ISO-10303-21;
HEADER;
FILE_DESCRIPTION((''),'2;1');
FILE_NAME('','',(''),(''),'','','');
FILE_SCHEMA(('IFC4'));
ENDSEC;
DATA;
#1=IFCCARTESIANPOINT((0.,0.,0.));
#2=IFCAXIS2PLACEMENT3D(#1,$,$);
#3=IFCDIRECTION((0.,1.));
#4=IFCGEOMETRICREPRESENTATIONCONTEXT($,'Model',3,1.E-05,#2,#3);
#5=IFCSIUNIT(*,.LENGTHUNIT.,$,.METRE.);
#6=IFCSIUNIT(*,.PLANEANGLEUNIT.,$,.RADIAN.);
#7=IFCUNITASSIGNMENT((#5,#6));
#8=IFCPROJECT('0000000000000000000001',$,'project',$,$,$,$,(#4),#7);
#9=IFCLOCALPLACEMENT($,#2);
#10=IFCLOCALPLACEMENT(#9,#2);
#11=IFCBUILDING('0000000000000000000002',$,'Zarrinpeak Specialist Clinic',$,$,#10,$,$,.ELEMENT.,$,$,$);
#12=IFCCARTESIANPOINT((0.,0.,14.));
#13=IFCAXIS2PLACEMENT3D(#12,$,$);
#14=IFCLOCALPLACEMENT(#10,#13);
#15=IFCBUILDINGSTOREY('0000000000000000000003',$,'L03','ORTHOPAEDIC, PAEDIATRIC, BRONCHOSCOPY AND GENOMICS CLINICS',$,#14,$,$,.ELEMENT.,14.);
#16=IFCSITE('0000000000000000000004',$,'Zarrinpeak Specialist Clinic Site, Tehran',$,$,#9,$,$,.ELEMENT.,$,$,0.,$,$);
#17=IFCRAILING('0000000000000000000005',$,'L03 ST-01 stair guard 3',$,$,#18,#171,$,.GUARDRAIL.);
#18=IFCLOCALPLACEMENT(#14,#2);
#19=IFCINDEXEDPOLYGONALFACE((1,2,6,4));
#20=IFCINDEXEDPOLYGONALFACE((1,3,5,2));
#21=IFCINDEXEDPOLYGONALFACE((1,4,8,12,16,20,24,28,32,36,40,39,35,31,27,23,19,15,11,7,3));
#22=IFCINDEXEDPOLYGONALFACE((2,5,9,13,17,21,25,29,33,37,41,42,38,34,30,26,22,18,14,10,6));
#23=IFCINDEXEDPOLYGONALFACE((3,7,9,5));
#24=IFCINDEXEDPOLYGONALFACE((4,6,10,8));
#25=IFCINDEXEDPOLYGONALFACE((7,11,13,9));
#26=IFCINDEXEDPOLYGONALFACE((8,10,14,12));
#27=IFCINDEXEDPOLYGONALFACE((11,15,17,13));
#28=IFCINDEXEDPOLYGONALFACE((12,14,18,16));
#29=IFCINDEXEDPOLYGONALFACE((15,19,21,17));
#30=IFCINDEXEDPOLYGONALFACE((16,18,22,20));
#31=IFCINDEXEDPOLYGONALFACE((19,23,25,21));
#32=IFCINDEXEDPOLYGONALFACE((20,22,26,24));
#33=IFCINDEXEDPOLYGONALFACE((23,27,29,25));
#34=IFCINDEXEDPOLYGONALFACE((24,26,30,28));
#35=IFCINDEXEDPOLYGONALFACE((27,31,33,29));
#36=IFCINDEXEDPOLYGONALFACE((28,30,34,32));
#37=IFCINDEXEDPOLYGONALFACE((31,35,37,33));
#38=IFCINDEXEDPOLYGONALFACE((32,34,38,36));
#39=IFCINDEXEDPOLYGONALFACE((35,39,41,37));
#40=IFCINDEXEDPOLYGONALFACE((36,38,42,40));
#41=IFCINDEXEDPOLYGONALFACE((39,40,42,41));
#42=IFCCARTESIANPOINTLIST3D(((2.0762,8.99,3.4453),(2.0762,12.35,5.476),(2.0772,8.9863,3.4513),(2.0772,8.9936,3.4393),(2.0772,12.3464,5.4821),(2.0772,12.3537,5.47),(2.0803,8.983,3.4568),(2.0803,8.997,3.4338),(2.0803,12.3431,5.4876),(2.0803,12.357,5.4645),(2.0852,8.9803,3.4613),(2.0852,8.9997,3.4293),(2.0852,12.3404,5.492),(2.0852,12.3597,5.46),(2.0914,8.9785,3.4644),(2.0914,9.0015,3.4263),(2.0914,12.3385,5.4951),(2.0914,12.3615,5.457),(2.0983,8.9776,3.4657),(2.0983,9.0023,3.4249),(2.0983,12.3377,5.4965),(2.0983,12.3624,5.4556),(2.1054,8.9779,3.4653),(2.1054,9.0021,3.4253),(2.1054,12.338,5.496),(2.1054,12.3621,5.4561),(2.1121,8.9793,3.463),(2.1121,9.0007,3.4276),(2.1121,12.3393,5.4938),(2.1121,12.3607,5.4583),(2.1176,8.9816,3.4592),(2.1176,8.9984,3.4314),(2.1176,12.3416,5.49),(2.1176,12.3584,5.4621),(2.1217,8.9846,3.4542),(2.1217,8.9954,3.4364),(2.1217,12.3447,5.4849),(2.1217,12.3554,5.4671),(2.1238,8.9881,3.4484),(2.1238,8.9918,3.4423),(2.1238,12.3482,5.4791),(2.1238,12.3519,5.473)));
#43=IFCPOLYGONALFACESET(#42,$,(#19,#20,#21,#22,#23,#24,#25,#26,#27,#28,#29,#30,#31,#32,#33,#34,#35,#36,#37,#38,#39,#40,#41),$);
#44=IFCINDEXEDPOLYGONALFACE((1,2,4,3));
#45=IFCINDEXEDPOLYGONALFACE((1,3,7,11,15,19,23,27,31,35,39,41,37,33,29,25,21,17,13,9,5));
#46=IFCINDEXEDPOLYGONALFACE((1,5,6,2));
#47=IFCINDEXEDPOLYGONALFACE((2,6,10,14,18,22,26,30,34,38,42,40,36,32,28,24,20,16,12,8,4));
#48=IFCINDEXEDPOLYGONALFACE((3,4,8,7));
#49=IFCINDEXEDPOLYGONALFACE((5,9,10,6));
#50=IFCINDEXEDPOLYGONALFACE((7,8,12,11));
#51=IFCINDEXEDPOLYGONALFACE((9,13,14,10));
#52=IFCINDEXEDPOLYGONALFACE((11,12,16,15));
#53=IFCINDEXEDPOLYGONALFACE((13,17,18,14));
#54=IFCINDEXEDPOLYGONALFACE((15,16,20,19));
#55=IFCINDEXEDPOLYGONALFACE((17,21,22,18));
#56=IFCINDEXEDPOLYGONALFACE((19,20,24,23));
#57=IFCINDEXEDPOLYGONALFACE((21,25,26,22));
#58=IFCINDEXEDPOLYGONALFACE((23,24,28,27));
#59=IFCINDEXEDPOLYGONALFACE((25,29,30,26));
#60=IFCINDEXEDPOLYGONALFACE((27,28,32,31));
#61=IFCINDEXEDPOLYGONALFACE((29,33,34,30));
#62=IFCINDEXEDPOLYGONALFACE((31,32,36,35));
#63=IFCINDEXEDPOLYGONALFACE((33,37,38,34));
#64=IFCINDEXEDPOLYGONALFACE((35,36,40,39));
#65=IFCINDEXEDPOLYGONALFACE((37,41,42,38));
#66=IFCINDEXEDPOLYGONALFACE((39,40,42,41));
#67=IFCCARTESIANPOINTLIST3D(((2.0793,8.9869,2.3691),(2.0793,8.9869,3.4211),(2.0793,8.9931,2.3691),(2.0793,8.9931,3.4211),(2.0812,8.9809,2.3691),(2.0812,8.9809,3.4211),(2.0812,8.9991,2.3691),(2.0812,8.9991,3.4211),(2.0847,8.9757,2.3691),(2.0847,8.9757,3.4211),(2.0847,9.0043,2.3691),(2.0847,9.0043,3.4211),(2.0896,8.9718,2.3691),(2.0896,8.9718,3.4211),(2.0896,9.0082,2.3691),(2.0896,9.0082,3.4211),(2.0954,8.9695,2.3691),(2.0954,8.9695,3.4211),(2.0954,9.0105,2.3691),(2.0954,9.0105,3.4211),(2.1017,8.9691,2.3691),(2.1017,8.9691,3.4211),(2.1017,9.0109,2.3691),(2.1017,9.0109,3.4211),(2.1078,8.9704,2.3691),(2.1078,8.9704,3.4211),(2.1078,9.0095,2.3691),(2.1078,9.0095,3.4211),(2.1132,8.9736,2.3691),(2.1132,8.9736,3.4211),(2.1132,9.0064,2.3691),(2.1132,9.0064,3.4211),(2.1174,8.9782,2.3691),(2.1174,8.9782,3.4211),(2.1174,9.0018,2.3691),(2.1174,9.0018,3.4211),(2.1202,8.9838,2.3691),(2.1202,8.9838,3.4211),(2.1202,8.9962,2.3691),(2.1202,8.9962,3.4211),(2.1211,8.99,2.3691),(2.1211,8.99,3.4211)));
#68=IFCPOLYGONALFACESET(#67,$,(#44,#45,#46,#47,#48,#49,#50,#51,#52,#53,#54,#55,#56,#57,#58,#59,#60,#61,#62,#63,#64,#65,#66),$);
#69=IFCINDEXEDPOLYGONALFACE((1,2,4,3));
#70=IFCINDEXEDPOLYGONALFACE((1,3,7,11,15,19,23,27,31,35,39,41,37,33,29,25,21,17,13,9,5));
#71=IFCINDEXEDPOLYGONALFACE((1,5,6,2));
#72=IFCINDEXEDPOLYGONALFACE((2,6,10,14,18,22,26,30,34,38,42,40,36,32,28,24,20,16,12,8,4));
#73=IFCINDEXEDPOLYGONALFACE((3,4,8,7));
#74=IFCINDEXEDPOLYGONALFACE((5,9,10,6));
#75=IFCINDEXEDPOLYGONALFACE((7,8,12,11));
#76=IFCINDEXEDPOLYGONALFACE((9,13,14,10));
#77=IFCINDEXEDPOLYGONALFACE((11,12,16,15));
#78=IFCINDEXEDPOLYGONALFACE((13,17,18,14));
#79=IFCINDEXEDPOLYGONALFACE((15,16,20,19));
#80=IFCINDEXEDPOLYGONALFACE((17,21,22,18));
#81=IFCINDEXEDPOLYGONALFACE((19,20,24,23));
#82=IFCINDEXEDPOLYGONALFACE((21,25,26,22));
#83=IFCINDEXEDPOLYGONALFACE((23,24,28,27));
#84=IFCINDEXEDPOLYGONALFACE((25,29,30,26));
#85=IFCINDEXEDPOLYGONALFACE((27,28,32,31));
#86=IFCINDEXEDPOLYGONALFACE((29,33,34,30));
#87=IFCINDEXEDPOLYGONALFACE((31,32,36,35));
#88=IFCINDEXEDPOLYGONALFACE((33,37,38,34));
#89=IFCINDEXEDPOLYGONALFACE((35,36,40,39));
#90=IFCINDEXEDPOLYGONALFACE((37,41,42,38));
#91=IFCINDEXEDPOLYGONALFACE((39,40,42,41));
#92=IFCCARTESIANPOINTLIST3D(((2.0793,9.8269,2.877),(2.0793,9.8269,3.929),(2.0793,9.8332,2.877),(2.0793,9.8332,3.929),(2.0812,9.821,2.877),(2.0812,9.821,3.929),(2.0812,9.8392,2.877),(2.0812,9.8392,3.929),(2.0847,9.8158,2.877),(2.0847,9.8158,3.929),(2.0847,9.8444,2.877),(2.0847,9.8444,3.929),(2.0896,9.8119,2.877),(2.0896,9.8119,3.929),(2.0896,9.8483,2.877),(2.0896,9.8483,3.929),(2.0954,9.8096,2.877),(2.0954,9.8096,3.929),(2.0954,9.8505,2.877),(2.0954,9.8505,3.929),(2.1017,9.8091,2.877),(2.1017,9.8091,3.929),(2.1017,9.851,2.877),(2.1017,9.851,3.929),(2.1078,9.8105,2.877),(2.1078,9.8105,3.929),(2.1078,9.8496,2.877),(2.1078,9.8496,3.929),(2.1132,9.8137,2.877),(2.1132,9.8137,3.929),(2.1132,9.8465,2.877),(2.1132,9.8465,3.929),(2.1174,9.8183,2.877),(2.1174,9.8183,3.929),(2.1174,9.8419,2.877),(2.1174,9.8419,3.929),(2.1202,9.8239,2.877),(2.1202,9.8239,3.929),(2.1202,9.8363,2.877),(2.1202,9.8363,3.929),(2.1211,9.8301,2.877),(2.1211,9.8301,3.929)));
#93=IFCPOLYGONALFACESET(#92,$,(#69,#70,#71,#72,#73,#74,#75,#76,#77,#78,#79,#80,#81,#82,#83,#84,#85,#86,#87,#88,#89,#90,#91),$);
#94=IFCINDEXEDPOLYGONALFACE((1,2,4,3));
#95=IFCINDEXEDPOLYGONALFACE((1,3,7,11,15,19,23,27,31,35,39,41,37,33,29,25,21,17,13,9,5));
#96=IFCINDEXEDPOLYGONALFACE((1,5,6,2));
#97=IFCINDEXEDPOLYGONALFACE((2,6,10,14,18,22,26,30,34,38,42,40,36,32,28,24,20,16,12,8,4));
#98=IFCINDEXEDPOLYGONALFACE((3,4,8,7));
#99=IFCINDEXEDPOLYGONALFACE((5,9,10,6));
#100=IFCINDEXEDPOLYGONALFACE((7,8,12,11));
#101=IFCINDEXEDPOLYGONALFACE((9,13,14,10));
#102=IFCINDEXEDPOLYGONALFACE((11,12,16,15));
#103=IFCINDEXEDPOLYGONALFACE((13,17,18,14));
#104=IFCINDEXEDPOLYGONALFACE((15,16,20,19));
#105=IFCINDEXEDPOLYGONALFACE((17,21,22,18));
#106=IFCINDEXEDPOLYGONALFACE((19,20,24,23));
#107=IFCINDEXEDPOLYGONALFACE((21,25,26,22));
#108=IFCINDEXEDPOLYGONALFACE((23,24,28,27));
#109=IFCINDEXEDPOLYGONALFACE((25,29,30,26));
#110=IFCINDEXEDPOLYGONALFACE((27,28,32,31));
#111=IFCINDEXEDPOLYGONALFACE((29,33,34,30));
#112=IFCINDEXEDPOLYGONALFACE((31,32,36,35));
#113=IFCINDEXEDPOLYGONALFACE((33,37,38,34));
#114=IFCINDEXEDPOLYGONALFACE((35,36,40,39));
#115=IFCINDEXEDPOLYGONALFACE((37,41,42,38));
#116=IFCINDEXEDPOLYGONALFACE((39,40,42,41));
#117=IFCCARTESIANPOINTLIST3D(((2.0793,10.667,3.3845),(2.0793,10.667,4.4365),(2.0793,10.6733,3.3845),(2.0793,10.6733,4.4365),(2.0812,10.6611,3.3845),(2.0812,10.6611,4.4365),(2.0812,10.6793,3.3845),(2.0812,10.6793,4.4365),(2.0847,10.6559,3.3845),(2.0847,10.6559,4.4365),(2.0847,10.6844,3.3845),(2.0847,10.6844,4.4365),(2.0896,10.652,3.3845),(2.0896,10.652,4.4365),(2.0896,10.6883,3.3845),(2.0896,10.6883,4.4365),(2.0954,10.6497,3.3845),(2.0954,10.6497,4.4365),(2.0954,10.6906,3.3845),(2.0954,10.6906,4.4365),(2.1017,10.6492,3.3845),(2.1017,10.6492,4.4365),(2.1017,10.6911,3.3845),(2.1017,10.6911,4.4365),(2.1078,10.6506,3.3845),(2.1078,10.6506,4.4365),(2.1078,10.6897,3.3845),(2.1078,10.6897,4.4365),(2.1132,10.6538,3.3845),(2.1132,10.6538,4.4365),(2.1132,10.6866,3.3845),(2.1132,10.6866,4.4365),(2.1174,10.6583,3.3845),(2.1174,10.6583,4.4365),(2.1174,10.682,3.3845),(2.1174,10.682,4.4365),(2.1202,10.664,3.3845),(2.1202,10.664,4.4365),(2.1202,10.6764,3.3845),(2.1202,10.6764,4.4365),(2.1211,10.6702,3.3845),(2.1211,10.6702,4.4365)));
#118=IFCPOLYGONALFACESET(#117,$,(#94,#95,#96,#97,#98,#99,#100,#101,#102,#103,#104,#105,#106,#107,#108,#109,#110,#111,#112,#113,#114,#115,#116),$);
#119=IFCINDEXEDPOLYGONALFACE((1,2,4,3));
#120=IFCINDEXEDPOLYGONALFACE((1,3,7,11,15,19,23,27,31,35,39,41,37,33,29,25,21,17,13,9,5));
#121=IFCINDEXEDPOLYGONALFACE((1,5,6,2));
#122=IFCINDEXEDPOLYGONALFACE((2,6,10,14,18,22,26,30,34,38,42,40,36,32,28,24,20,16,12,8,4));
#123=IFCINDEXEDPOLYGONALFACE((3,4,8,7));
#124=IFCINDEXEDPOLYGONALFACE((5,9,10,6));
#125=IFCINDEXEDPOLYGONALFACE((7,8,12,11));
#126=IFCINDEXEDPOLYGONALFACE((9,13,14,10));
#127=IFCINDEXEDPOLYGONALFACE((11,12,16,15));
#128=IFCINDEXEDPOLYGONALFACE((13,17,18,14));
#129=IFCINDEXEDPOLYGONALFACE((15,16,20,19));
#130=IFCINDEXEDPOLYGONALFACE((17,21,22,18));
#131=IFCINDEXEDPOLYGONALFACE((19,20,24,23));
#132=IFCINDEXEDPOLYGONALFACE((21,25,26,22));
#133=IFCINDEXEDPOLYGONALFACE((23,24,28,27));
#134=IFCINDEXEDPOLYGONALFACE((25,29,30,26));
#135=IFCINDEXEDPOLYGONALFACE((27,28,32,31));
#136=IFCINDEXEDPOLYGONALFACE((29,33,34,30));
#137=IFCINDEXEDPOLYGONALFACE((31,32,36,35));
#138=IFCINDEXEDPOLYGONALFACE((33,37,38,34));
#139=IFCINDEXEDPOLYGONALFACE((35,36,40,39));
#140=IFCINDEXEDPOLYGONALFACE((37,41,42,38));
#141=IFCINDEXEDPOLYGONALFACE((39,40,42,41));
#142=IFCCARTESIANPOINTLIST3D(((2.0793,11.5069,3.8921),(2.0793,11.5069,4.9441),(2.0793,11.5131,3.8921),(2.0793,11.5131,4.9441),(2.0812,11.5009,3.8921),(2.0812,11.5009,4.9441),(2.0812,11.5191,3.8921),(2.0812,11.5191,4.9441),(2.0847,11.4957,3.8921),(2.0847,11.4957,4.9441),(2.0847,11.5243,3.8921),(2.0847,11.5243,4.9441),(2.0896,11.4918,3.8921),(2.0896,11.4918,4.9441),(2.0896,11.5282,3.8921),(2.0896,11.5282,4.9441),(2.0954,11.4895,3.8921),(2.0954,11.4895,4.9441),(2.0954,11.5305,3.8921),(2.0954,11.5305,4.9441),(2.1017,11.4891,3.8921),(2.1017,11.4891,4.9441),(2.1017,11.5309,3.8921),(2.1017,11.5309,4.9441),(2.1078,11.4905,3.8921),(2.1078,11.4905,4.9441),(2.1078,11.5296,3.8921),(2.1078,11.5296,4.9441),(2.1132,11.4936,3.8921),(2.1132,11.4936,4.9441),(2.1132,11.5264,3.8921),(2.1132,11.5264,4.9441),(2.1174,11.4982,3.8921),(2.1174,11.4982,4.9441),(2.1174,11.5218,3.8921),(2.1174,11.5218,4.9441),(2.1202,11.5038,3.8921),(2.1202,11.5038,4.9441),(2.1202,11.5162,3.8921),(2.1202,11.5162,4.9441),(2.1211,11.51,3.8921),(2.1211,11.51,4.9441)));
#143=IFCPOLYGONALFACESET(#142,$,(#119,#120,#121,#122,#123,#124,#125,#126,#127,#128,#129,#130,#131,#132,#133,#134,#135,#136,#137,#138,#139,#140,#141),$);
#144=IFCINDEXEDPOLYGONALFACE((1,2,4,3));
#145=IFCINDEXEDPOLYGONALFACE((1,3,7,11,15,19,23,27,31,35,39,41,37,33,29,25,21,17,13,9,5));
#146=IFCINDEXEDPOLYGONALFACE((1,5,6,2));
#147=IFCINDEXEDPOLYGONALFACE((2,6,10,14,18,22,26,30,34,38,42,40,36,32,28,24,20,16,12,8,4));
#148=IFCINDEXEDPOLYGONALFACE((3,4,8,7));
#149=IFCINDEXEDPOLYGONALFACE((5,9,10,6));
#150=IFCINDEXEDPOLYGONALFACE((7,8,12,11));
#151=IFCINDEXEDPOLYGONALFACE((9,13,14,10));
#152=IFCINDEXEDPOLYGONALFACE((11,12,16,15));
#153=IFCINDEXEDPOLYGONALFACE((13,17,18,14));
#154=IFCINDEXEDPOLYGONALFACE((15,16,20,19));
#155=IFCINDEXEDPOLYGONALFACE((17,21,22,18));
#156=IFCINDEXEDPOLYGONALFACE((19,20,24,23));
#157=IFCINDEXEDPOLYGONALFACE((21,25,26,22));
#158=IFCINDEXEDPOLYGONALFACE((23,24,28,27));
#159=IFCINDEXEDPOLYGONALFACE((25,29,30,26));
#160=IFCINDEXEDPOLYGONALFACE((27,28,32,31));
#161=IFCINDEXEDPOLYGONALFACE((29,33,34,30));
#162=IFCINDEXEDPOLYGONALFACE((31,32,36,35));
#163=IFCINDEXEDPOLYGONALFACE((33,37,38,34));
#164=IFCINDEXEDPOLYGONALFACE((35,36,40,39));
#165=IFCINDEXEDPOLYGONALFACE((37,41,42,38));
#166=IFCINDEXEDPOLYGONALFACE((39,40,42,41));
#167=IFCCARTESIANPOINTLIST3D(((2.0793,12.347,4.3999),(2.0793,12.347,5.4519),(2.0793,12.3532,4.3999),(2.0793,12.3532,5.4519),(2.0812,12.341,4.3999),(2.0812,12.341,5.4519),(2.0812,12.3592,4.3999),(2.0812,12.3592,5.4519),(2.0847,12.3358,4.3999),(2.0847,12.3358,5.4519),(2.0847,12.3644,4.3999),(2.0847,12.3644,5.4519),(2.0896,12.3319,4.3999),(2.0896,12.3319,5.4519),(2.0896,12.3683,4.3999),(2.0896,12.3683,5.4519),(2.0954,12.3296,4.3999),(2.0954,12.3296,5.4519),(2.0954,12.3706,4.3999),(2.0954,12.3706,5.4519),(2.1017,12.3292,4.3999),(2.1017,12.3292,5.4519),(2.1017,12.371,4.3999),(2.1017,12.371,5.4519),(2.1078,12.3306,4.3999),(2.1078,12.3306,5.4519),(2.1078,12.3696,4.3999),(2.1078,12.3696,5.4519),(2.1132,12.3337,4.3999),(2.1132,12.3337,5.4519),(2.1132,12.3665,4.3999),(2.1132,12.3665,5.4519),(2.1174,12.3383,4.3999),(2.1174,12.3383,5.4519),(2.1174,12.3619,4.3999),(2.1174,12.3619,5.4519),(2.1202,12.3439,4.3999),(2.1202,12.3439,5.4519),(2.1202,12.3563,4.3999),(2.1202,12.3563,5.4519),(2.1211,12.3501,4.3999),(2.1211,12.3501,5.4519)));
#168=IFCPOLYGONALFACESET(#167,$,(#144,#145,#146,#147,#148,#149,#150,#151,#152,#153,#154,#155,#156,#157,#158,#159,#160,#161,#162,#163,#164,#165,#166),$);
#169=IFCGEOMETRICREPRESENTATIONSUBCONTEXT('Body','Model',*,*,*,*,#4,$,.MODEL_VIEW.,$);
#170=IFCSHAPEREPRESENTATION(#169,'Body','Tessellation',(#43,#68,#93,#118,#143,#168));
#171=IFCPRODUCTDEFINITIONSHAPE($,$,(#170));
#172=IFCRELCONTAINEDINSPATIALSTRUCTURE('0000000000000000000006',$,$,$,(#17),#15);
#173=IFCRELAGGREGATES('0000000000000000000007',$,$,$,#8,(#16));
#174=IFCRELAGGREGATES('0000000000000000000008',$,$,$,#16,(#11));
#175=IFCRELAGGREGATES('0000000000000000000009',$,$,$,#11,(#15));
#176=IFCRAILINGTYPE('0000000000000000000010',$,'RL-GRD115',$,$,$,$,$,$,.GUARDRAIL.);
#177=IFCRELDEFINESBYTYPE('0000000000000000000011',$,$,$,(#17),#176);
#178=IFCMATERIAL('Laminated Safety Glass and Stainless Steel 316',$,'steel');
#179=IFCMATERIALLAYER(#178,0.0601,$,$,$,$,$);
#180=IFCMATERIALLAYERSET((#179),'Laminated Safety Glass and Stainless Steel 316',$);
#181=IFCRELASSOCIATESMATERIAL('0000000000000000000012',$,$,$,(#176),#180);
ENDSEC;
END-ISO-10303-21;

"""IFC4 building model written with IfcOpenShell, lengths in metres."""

from ifc_helpers import new_model, si_unit, direction, frame, origin, origin_2d, place, context, subcontext, project, spatial, circle, extrude, material, layer, layer_set, type_object, element, save


model = new_model("IFC4")

# Units and contexts
model_context = context("Model", 3, precision=1e-05, world=origin(), true_north=direction((0.0, 1.0)))
body_context = subcontext(model_context, "Body", "Model", "MODEL_VIEW")
ifc_project = project(units=[si_unit("LENGTHUNIT", "METRE"), si_unit("PLANEANGLEUNIT", "RADIAN")], contexts=[model_context])

# Site, building, storey
site_placement = place(None, origin())
site = spatial("IfcSite", under=ifc_project, at=site_placement, Name="Zarrinpeak Specialist Clinic Site, Tehran", CompositionType="ELEMENT", RefElevation=0.0)
building_placement = place(site_placement, origin())
building = spatial("IfcBuilding", under=site, at=building_placement, Name="Zarrinpeak Specialist Clinic", CompositionType="ELEMENT")
storey_placement = place(building_placement, frame((0.0, 0.0, 14.0)))
storey = spatial("IfcBuildingStorey", under=building, at=storey_placement, Name="L03", Description="ORTHOPAEDIC, PAEDIATRIC, BRONCHOSCOPY AND GENOMICS CLINICS", CompositionType="ELEMENT", Elevation=14.0)

# Railing
ifc_material_1 = material(Name="Laminated Safety Glass and Stainless Steel 316", Category="steel")
ifc_layer_1 = layer(ifc_material_1, 0.0601)
ifc_layer_set_1 = layer_set([ifc_layer_1], Name="Laminated Safety Glass and Stainless Steel 316")
railing_type = type_object("IfcRailingType", Name="RL-GRD115", PredefinedType="GUARDRAIL", material=ifc_layer_set_1)
railing_1_placement = place(storey_placement, frame((2.1001, 8.99, 2.3691)))
element("IfcRailing", 1, at=railing_1_placement, inside=storey, type_object=railing_type, Name="L03 ST-01 stair guard 3", PredefinedType="GUARDRAIL", context=body_context, shape_type="SweptSolid", body=[
    extrude(circle(Radius=0.0239, at=origin_2d()), frame((0.0, 0.0, 1.0762), z_axis=(0.0, 0.855837, 0.517246), x_axis=(-1.0, 0.0, 0.0)), (0.0, 0.0, 1.0), 3.926),
    extrude(circle(Radius=0.021, at=origin_2d()), origin(), (0.0, 0.0, 1.0), 1.052),
    extrude(circle(Radius=0.021, at=origin_2d()), frame((0.0, 0.8401, 0.5078)), (0.0, 0.0, 1.0), 1.052),
    extrude(circle(Radius=0.021, at=origin_2d()), frame((0.0, 1.6802, 1.0154)), (0.0, 0.0, 1.0), 1.052),
    extrude(circle(Radius=0.021, at=origin_2d()), frame((0.0, 2.52, 1.5229)), (0.0, 0.0, 1.0), 1.052),
    extrude(circle(Radius=0.021, at=origin_2d()), frame((0.0, 3.3601, 2.0308)), (0.0, 0.0, 1.0), 1.052),
])

save(model, "model.ifc")
